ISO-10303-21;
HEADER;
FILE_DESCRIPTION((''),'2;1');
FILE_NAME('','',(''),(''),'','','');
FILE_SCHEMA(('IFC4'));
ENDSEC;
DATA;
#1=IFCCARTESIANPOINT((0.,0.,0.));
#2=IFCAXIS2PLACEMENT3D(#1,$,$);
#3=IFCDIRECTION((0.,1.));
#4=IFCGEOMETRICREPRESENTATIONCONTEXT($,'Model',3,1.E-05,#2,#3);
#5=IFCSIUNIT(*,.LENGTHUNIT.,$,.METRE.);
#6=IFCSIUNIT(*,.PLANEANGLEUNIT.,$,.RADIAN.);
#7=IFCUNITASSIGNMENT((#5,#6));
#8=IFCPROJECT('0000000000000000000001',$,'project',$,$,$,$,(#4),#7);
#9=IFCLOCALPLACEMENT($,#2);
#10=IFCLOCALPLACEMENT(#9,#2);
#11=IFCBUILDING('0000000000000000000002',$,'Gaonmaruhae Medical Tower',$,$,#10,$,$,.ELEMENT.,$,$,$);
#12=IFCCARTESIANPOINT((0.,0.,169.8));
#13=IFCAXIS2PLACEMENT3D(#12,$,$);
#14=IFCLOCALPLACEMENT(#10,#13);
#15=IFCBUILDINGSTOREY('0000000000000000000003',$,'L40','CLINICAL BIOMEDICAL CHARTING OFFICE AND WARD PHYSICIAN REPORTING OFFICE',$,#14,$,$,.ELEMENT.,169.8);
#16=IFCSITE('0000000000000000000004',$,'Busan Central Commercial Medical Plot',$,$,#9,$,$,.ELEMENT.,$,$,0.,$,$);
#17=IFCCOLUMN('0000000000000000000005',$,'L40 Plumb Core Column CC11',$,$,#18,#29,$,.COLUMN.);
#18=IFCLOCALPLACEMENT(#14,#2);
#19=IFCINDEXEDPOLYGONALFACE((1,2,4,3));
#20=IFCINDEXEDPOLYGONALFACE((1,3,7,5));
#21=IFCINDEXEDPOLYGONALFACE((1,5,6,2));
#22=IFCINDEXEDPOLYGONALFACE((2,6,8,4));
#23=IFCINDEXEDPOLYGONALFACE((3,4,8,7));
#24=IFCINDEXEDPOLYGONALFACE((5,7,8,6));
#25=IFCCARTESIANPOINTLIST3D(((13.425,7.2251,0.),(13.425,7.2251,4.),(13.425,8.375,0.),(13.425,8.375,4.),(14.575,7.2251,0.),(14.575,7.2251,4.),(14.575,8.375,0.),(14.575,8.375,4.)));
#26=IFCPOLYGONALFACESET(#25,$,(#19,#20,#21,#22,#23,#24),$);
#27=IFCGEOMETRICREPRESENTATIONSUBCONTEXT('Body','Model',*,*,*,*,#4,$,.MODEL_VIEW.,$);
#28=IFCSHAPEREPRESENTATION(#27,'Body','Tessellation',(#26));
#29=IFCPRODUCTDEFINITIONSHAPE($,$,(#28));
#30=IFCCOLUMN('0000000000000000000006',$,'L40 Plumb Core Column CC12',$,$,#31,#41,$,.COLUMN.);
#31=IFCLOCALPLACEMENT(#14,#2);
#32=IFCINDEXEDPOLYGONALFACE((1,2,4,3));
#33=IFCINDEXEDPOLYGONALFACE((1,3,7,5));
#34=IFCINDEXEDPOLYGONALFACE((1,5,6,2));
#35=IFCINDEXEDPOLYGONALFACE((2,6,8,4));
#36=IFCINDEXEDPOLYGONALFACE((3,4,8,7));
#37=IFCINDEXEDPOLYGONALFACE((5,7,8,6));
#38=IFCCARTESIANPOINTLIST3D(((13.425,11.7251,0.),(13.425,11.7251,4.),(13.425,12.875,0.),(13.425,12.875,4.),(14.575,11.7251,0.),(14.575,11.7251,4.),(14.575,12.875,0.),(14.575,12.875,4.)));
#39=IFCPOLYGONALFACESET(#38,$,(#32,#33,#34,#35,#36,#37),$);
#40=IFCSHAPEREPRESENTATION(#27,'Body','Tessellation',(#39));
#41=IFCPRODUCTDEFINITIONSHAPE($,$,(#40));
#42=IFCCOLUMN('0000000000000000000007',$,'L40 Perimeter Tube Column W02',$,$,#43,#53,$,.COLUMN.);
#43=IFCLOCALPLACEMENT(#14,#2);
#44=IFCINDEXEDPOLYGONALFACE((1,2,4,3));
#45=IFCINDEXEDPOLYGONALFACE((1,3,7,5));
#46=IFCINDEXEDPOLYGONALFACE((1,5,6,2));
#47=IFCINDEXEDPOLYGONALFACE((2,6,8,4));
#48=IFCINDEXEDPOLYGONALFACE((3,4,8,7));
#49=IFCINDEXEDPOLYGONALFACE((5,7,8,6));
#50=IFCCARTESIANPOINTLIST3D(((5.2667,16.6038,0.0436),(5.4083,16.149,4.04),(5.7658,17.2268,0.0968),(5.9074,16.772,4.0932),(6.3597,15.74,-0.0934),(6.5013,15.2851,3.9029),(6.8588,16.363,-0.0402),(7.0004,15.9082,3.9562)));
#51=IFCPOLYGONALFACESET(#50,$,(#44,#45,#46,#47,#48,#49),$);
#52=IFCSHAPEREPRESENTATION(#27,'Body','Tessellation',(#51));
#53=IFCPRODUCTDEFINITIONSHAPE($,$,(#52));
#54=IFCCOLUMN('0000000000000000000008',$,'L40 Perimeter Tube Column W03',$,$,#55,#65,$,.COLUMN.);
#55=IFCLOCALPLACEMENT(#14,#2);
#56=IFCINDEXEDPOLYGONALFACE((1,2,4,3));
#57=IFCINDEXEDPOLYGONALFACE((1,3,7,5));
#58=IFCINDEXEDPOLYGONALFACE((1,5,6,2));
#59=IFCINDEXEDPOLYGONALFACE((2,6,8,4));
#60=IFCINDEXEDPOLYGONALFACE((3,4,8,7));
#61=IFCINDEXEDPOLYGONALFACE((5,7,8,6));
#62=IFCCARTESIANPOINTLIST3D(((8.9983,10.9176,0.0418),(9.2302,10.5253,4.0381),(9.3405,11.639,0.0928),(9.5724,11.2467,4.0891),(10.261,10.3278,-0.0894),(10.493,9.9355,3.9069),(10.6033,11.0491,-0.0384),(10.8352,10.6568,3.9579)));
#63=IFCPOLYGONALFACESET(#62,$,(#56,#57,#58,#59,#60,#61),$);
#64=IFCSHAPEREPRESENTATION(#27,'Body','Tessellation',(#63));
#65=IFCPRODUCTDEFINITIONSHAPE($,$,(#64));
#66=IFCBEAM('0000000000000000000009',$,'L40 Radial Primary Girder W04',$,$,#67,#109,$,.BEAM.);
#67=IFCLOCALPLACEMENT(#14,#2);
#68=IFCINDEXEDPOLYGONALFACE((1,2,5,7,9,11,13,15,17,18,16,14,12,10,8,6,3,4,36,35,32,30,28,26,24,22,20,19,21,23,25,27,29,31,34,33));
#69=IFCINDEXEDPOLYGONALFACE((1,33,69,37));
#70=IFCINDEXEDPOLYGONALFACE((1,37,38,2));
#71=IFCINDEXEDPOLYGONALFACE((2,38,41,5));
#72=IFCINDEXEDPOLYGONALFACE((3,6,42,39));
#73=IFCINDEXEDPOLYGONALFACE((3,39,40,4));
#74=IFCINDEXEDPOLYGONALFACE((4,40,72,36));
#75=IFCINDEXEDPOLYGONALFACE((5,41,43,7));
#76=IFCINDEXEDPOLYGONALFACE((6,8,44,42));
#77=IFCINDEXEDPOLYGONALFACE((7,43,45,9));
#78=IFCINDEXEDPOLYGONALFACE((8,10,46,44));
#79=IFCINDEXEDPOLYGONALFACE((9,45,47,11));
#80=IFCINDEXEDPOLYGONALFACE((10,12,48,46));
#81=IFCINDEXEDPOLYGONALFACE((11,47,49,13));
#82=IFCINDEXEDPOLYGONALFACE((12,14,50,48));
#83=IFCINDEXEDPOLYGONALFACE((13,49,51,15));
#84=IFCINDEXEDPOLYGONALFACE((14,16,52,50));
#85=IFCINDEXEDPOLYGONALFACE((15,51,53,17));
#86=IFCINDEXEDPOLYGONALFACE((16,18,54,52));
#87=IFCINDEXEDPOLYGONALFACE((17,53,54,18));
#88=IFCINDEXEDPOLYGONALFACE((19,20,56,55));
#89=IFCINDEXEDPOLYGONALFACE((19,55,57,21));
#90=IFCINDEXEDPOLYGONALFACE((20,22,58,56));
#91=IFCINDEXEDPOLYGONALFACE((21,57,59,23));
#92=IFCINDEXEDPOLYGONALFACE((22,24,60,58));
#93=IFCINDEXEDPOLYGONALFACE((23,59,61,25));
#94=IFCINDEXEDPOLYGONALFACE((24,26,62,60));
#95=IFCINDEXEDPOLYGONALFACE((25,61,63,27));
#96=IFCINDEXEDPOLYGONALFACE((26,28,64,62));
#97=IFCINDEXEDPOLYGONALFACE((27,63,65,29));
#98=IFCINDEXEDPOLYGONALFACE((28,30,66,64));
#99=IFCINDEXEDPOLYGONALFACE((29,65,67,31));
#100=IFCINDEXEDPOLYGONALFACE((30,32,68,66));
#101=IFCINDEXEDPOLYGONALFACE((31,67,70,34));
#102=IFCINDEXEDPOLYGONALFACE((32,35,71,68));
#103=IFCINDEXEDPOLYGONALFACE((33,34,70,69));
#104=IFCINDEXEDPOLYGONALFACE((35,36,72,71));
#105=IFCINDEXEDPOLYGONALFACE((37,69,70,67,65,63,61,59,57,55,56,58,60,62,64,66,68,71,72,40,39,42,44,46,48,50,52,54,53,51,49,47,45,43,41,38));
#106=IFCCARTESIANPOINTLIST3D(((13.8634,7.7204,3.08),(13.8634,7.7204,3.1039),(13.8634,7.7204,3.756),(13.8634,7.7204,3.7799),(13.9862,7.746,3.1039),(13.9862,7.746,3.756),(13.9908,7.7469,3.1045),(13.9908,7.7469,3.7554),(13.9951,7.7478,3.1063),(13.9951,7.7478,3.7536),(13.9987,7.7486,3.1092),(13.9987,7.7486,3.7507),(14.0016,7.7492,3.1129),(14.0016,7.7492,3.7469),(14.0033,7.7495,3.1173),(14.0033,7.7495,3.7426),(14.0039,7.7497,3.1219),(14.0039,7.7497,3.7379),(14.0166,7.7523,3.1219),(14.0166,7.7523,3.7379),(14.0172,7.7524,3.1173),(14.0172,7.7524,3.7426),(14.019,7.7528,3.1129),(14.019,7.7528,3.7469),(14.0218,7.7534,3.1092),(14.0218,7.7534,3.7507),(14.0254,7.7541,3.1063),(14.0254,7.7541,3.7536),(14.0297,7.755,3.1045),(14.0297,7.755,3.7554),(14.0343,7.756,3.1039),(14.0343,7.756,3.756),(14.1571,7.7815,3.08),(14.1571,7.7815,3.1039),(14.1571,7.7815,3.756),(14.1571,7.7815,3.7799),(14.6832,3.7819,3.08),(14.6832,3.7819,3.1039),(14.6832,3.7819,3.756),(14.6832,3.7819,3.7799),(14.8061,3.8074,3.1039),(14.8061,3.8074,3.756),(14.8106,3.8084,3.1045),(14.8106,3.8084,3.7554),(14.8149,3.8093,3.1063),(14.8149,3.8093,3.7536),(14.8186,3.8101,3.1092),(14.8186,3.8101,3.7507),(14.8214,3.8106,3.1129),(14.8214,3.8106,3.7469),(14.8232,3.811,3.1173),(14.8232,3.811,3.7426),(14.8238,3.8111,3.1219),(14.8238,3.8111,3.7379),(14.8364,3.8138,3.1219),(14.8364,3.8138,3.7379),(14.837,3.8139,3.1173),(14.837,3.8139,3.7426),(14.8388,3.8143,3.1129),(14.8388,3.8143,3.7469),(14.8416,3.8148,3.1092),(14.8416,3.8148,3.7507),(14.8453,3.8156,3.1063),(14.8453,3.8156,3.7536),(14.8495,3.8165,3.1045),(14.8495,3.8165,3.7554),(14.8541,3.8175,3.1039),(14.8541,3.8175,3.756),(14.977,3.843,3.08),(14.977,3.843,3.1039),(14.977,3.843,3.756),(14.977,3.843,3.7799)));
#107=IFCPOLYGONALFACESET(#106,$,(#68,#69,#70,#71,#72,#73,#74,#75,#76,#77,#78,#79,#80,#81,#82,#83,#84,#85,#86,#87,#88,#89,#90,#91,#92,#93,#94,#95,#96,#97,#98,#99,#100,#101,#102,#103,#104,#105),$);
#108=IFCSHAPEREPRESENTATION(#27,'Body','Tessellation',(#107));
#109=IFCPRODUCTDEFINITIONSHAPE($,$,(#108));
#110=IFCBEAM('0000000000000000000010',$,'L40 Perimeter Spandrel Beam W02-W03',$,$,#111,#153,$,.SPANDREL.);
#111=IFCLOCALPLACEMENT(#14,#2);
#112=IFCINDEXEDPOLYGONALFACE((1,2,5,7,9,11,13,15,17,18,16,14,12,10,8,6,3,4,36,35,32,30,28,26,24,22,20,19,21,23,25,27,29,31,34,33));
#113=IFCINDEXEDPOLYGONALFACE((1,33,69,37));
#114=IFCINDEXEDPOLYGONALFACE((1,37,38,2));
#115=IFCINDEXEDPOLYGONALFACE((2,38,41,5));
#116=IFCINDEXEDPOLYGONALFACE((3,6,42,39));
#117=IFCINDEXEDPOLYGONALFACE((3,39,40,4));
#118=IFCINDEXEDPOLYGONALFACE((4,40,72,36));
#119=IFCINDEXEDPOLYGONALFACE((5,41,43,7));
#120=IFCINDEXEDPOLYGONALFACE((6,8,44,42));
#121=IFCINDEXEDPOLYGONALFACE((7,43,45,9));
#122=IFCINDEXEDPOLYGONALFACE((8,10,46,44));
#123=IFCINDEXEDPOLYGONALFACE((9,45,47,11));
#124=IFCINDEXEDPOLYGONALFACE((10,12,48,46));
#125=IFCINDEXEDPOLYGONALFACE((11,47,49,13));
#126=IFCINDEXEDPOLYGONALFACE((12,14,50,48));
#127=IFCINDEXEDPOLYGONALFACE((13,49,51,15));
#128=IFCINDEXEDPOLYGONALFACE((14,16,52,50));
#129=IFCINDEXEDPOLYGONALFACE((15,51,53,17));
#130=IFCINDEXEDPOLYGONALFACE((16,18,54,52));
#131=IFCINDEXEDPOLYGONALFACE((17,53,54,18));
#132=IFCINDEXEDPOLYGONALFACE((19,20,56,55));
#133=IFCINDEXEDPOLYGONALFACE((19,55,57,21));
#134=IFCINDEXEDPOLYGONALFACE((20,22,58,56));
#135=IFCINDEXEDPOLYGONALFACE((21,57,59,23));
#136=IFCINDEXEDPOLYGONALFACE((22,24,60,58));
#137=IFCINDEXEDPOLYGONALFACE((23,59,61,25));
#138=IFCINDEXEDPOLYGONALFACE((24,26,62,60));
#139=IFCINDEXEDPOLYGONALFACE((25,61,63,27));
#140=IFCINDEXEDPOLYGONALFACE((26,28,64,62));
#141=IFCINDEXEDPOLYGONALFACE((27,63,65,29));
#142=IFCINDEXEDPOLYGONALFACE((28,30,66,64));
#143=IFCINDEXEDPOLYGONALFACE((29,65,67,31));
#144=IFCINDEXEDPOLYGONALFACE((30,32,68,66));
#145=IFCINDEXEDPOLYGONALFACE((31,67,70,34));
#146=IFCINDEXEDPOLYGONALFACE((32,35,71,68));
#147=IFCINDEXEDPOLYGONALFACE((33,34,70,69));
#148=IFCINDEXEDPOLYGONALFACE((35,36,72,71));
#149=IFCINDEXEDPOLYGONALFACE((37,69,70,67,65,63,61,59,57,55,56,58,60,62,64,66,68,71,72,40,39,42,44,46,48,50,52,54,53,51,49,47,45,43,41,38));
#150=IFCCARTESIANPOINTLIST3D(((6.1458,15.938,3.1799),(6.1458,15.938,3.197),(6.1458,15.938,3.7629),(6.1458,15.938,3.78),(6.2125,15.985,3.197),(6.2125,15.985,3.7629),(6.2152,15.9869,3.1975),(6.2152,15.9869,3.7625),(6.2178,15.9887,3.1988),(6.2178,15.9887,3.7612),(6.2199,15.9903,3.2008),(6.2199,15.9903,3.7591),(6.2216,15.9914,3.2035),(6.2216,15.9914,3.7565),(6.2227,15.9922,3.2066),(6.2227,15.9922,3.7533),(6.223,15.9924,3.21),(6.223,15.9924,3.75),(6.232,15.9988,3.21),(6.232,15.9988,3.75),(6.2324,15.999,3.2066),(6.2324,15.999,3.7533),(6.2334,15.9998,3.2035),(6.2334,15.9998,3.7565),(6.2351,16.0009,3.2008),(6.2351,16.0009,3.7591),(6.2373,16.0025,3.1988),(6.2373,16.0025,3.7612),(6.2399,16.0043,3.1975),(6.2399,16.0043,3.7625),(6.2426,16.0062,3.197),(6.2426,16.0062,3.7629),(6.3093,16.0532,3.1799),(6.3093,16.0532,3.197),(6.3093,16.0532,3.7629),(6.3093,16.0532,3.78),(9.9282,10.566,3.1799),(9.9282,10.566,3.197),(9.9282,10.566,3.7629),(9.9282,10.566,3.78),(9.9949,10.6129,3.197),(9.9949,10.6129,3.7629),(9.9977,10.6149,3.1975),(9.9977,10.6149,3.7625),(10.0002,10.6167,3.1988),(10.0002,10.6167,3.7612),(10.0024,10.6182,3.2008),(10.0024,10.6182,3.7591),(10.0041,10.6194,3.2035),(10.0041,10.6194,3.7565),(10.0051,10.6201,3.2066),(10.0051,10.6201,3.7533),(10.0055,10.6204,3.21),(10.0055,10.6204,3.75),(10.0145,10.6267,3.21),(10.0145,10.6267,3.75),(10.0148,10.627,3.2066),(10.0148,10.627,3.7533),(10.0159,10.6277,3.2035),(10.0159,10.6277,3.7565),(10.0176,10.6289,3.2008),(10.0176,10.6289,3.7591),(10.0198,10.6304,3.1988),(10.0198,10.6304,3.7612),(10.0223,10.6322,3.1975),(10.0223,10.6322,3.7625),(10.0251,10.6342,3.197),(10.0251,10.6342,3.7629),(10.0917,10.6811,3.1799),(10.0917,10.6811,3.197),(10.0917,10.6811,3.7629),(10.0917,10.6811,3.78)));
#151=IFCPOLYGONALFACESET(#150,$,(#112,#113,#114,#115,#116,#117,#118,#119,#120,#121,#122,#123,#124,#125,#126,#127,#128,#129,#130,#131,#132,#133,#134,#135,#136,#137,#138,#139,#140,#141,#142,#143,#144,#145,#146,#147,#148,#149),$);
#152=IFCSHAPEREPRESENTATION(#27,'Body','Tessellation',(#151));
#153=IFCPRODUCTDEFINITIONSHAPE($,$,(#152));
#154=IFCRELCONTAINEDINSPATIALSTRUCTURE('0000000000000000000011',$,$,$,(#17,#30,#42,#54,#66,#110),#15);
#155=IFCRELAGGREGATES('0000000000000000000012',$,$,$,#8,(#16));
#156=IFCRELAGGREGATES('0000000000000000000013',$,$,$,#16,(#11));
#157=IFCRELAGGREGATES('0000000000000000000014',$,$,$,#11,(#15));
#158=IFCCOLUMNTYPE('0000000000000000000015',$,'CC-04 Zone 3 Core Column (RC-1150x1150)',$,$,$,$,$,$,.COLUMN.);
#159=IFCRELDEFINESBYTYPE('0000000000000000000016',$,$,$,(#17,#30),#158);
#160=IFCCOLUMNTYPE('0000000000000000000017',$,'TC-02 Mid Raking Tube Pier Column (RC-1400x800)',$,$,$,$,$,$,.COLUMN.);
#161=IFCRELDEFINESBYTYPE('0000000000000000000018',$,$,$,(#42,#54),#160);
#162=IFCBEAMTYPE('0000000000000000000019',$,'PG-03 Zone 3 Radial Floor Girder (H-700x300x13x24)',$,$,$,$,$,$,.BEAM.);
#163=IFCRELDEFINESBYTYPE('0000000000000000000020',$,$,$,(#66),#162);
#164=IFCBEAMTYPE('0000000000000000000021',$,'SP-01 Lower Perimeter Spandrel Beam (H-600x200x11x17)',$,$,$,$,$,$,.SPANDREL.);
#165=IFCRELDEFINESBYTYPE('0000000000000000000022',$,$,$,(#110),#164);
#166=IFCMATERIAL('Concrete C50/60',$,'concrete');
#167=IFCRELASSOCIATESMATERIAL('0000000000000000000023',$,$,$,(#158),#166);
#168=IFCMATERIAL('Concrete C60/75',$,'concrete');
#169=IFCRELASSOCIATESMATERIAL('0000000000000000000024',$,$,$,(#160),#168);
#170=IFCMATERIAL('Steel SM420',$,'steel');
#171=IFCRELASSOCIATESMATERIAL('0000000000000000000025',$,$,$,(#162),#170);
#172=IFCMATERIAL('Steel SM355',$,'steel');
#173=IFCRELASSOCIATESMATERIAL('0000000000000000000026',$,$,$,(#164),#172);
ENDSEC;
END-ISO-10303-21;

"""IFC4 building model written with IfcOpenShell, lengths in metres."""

from ifc_helpers import new_model, si_unit, direction, frame, origin, origin_2d, place, context, subcontext, project, spatial, rectangle, i_section, extrude, material, material_profile, profile_set, type_object, element, save


model = new_model("IFC4")

# Units and contexts
model_context = context("Model", 3, precision=1e-05, world=origin(), true_north=direction((0.0, 1.0)))
body_context = subcontext(model_context, "Body", "Model", "MODEL_VIEW")
ifc_project = project(units=[si_unit("LENGTHUNIT", "METRE"), si_unit("PLANEANGLEUNIT", "RADIAN")], contexts=[model_context])

# Site, building, storey
site_placement = place(None, origin())
site = spatial("IfcSite", under=ifc_project, at=site_placement, Name="Busan Central Commercial Medical Plot", CompositionType="ELEMENT", RefElevation=0.0)
building_placement = place(site_placement, origin())
building = spatial("IfcBuilding", under=site, at=building_placement, Name="Gaonmaruhae Medical Tower", CompositionType="ELEMENT")
storey_placement = place(building_placement, frame((0.0, 0.0, 169.8)))
storey = spatial("IfcBuildingStorey", under=building, at=storey_placement, Name="L40", Description="CLINICAL BIOMEDICAL CHARTING OFFICE AND WARD PHYSICIAN REPORTING OFFICE", CompositionType="ELEMENT", Elevation=169.8)

# Columns
ifc_material_1 = material(Name="Concrete C50/60", Category="concrete")
ifc_material_profile_1 = material_profile(ifc_material_1, rectangle(XDim=1.1499, YDim=1.1499, at=origin_2d()), Name="RC-1150x1150")
ifc_profile_set_1 = profile_set([ifc_material_profile_1], Name="Concrete C50/60")
column_type_1 = type_object("IfcColumnType", Name="CC-04 Zone 3 Core Column (RC-1150x1150)", PredefinedType="COLUMN", material=ifc_profile_set_1)
for number, where, z_axis, x_axis, name in (
    (1, (14.0, 7.8, 0.0), (0.0, 0.0, 1.0), (1.0, 0.0, 0.0), "L40 Plumb Core Column CC11"),
    (2, (14.0, 12.3, 0.0), (0.0, 0.0, 1.0), (1.0, 0.0, 0.0), "L40 Plumb Core Column CC12"),
):
    element("IfcColumn", number, at=place(storey_placement, frame(where, z_axis=z_axis, x_axis=x_axis)), inside=storey, type_object=column_type_1, Name=name, PredefinedType="COLUMN", context=body_context, shape_type="SweptSolid", body=[
        extrude(rectangle(XDim=1.1499, YDim=1.1499, at=origin_2d()), origin(), (0.0, 0.0, 1.0), 4.0),
    ])
ifc_material_2 = material(Name="Concrete C60/75", Category="concrete")
ifc_material_profile_2 = material_profile(ifc_material_2, rectangle(XDim=1.3999, YDim=0.8, at=origin_2d()), Name="RC-1400x800")
ifc_profile_set_2 = profile_set([ifc_material_profile_2], Name="Concrete C60/75")
column_type_2 = type_object("IfcColumnType", Name="TC-02 Mid Raking Tube Pier Column (RC-1400x800)", PredefinedType="COLUMN", material=ifc_profile_set_2)
column_1_placement = place(storey_placement, frame((6.0627, 16.4834, 0.0017), z_axis=(0.035184, -0.113013, 0.99297), x_axis=(-0.780801, 0.617063, 0.097896)))
element("IfcColumn", 3, at=column_1_placement, inside=storey, type_object=column_type_2, Name="L40 Perimeter Tube Column W02", PredefinedType="COLUMN", context=body_context, shape_type="SweptSolid", body=[
    extrude(rectangle(XDim=1.3999, YDim=0.8, at=origin_2d()), origin(), (0.0, 0.0, 1.0), 4.0247),
])
column_2_placement = place(storey_placement, frame((9.8008, 10.9834, 0.0017), z_axis=(0.057663, -0.097541, 0.99356), x_axis=(-0.902042, 0.421351, 0.093717)))
element("IfcColumn", 4, at=column_2_placement, inside=storey, type_object=column_type_2, Name="L40 Perimeter Tube Column W03", PredefinedType="COLUMN", context=body_context, shape_type="SweptSolid", body=[
    extrude(rectangle(XDim=1.3999, YDim=0.8, at=origin_2d()), origin(), (0.0, 0.0, 1.0), 4.0222),
])

# Beams
ifc_material_3 = material(Name="Steel SM420", Category="steel")
ifc_material_profile_3 = material_profile(ifc_material_3, i_section(OverallWidth=0.3, OverallDepth=0.7, WebThickness=0.0129, FlangeThickness=0.0239, FilletRadius=0.0181, at=origin_2d()), Name="H-700x300x13x24")
ifc_profile_set_3 = profile_set([ifc_material_profile_3], Name="Steel SM420")
beam_type_1 = type_object("IfcBeamType", Name="PG-03 Zone 3 Radial Floor Girder (H-700x300x13x24)", PredefinedType="BEAM", material=ifc_profile_set_3)
beam_1_placement = place(storey_placement, frame((14.0103, 7.751, 3.4299), z_axis=(0.203789, -0.979015, 0.0), x_axis=(0.979015, 0.203789, 0.0)))
element("IfcBeam", 5, at=beam_1_placement, inside=storey, type_object=beam_type_1, Name="L40 Radial Primary Girder W04", PredefinedType="BEAM", context=body_context, shape_type="SweptSolid", body=[
    extrude(i_section(OverallWidth=0.3, OverallDepth=0.7, WebThickness=0.0129, FlangeThickness=0.0239, FilletRadius=0.0181, at=origin_2d()), origin(), (0.0, 0.0, 1.0), 4.0229),
])
ifc_material_4 = material(Name="Steel SM355", Category="steel")
ifc_material_profile_4 = material_profile(ifc_material_4, i_section(OverallWidth=0.2, OverallDepth=0.6001, WebThickness=0.011, FlangeThickness=0.0171, FilletRadius=0.0129, at=origin_2d()), Name="H-600x200x11x17")
ifc_profile_set_4 = profile_set([ifc_material_profile_4], Name="Steel SM355")
beam_type_2 = type_object("IfcBeamType", Name="SP-01 Lower Perimeter Spandrel Beam (H-600x200x11x17)", PredefinedType="SPANDREL", material=ifc_profile_set_4)
beam_2_placement = place(storey_placement, frame((6.2275, 15.9956, 3.48), z_axis=(0.57571, -0.817654, 0.0), x_axis=(0.817654, 0.57571, 0.0)))
element("IfcBeam", 6, at=beam_2_placement, inside=storey, type_object=beam_type_2, Name="L40 Perimeter Spandrel Beam W02-W03", PredefinedType="SPANDREL", context=body_context, shape_type="SweptSolid", body=[
    extrude(i_section(OverallWidth=0.2, OverallDepth=0.6001, WebThickness=0.011, FlangeThickness=0.0171, FilletRadius=0.0129, at=origin_2d()), origin(), (0.0, 0.0, 1.0), 6.5701),
])

save(model, "model.ifc")
